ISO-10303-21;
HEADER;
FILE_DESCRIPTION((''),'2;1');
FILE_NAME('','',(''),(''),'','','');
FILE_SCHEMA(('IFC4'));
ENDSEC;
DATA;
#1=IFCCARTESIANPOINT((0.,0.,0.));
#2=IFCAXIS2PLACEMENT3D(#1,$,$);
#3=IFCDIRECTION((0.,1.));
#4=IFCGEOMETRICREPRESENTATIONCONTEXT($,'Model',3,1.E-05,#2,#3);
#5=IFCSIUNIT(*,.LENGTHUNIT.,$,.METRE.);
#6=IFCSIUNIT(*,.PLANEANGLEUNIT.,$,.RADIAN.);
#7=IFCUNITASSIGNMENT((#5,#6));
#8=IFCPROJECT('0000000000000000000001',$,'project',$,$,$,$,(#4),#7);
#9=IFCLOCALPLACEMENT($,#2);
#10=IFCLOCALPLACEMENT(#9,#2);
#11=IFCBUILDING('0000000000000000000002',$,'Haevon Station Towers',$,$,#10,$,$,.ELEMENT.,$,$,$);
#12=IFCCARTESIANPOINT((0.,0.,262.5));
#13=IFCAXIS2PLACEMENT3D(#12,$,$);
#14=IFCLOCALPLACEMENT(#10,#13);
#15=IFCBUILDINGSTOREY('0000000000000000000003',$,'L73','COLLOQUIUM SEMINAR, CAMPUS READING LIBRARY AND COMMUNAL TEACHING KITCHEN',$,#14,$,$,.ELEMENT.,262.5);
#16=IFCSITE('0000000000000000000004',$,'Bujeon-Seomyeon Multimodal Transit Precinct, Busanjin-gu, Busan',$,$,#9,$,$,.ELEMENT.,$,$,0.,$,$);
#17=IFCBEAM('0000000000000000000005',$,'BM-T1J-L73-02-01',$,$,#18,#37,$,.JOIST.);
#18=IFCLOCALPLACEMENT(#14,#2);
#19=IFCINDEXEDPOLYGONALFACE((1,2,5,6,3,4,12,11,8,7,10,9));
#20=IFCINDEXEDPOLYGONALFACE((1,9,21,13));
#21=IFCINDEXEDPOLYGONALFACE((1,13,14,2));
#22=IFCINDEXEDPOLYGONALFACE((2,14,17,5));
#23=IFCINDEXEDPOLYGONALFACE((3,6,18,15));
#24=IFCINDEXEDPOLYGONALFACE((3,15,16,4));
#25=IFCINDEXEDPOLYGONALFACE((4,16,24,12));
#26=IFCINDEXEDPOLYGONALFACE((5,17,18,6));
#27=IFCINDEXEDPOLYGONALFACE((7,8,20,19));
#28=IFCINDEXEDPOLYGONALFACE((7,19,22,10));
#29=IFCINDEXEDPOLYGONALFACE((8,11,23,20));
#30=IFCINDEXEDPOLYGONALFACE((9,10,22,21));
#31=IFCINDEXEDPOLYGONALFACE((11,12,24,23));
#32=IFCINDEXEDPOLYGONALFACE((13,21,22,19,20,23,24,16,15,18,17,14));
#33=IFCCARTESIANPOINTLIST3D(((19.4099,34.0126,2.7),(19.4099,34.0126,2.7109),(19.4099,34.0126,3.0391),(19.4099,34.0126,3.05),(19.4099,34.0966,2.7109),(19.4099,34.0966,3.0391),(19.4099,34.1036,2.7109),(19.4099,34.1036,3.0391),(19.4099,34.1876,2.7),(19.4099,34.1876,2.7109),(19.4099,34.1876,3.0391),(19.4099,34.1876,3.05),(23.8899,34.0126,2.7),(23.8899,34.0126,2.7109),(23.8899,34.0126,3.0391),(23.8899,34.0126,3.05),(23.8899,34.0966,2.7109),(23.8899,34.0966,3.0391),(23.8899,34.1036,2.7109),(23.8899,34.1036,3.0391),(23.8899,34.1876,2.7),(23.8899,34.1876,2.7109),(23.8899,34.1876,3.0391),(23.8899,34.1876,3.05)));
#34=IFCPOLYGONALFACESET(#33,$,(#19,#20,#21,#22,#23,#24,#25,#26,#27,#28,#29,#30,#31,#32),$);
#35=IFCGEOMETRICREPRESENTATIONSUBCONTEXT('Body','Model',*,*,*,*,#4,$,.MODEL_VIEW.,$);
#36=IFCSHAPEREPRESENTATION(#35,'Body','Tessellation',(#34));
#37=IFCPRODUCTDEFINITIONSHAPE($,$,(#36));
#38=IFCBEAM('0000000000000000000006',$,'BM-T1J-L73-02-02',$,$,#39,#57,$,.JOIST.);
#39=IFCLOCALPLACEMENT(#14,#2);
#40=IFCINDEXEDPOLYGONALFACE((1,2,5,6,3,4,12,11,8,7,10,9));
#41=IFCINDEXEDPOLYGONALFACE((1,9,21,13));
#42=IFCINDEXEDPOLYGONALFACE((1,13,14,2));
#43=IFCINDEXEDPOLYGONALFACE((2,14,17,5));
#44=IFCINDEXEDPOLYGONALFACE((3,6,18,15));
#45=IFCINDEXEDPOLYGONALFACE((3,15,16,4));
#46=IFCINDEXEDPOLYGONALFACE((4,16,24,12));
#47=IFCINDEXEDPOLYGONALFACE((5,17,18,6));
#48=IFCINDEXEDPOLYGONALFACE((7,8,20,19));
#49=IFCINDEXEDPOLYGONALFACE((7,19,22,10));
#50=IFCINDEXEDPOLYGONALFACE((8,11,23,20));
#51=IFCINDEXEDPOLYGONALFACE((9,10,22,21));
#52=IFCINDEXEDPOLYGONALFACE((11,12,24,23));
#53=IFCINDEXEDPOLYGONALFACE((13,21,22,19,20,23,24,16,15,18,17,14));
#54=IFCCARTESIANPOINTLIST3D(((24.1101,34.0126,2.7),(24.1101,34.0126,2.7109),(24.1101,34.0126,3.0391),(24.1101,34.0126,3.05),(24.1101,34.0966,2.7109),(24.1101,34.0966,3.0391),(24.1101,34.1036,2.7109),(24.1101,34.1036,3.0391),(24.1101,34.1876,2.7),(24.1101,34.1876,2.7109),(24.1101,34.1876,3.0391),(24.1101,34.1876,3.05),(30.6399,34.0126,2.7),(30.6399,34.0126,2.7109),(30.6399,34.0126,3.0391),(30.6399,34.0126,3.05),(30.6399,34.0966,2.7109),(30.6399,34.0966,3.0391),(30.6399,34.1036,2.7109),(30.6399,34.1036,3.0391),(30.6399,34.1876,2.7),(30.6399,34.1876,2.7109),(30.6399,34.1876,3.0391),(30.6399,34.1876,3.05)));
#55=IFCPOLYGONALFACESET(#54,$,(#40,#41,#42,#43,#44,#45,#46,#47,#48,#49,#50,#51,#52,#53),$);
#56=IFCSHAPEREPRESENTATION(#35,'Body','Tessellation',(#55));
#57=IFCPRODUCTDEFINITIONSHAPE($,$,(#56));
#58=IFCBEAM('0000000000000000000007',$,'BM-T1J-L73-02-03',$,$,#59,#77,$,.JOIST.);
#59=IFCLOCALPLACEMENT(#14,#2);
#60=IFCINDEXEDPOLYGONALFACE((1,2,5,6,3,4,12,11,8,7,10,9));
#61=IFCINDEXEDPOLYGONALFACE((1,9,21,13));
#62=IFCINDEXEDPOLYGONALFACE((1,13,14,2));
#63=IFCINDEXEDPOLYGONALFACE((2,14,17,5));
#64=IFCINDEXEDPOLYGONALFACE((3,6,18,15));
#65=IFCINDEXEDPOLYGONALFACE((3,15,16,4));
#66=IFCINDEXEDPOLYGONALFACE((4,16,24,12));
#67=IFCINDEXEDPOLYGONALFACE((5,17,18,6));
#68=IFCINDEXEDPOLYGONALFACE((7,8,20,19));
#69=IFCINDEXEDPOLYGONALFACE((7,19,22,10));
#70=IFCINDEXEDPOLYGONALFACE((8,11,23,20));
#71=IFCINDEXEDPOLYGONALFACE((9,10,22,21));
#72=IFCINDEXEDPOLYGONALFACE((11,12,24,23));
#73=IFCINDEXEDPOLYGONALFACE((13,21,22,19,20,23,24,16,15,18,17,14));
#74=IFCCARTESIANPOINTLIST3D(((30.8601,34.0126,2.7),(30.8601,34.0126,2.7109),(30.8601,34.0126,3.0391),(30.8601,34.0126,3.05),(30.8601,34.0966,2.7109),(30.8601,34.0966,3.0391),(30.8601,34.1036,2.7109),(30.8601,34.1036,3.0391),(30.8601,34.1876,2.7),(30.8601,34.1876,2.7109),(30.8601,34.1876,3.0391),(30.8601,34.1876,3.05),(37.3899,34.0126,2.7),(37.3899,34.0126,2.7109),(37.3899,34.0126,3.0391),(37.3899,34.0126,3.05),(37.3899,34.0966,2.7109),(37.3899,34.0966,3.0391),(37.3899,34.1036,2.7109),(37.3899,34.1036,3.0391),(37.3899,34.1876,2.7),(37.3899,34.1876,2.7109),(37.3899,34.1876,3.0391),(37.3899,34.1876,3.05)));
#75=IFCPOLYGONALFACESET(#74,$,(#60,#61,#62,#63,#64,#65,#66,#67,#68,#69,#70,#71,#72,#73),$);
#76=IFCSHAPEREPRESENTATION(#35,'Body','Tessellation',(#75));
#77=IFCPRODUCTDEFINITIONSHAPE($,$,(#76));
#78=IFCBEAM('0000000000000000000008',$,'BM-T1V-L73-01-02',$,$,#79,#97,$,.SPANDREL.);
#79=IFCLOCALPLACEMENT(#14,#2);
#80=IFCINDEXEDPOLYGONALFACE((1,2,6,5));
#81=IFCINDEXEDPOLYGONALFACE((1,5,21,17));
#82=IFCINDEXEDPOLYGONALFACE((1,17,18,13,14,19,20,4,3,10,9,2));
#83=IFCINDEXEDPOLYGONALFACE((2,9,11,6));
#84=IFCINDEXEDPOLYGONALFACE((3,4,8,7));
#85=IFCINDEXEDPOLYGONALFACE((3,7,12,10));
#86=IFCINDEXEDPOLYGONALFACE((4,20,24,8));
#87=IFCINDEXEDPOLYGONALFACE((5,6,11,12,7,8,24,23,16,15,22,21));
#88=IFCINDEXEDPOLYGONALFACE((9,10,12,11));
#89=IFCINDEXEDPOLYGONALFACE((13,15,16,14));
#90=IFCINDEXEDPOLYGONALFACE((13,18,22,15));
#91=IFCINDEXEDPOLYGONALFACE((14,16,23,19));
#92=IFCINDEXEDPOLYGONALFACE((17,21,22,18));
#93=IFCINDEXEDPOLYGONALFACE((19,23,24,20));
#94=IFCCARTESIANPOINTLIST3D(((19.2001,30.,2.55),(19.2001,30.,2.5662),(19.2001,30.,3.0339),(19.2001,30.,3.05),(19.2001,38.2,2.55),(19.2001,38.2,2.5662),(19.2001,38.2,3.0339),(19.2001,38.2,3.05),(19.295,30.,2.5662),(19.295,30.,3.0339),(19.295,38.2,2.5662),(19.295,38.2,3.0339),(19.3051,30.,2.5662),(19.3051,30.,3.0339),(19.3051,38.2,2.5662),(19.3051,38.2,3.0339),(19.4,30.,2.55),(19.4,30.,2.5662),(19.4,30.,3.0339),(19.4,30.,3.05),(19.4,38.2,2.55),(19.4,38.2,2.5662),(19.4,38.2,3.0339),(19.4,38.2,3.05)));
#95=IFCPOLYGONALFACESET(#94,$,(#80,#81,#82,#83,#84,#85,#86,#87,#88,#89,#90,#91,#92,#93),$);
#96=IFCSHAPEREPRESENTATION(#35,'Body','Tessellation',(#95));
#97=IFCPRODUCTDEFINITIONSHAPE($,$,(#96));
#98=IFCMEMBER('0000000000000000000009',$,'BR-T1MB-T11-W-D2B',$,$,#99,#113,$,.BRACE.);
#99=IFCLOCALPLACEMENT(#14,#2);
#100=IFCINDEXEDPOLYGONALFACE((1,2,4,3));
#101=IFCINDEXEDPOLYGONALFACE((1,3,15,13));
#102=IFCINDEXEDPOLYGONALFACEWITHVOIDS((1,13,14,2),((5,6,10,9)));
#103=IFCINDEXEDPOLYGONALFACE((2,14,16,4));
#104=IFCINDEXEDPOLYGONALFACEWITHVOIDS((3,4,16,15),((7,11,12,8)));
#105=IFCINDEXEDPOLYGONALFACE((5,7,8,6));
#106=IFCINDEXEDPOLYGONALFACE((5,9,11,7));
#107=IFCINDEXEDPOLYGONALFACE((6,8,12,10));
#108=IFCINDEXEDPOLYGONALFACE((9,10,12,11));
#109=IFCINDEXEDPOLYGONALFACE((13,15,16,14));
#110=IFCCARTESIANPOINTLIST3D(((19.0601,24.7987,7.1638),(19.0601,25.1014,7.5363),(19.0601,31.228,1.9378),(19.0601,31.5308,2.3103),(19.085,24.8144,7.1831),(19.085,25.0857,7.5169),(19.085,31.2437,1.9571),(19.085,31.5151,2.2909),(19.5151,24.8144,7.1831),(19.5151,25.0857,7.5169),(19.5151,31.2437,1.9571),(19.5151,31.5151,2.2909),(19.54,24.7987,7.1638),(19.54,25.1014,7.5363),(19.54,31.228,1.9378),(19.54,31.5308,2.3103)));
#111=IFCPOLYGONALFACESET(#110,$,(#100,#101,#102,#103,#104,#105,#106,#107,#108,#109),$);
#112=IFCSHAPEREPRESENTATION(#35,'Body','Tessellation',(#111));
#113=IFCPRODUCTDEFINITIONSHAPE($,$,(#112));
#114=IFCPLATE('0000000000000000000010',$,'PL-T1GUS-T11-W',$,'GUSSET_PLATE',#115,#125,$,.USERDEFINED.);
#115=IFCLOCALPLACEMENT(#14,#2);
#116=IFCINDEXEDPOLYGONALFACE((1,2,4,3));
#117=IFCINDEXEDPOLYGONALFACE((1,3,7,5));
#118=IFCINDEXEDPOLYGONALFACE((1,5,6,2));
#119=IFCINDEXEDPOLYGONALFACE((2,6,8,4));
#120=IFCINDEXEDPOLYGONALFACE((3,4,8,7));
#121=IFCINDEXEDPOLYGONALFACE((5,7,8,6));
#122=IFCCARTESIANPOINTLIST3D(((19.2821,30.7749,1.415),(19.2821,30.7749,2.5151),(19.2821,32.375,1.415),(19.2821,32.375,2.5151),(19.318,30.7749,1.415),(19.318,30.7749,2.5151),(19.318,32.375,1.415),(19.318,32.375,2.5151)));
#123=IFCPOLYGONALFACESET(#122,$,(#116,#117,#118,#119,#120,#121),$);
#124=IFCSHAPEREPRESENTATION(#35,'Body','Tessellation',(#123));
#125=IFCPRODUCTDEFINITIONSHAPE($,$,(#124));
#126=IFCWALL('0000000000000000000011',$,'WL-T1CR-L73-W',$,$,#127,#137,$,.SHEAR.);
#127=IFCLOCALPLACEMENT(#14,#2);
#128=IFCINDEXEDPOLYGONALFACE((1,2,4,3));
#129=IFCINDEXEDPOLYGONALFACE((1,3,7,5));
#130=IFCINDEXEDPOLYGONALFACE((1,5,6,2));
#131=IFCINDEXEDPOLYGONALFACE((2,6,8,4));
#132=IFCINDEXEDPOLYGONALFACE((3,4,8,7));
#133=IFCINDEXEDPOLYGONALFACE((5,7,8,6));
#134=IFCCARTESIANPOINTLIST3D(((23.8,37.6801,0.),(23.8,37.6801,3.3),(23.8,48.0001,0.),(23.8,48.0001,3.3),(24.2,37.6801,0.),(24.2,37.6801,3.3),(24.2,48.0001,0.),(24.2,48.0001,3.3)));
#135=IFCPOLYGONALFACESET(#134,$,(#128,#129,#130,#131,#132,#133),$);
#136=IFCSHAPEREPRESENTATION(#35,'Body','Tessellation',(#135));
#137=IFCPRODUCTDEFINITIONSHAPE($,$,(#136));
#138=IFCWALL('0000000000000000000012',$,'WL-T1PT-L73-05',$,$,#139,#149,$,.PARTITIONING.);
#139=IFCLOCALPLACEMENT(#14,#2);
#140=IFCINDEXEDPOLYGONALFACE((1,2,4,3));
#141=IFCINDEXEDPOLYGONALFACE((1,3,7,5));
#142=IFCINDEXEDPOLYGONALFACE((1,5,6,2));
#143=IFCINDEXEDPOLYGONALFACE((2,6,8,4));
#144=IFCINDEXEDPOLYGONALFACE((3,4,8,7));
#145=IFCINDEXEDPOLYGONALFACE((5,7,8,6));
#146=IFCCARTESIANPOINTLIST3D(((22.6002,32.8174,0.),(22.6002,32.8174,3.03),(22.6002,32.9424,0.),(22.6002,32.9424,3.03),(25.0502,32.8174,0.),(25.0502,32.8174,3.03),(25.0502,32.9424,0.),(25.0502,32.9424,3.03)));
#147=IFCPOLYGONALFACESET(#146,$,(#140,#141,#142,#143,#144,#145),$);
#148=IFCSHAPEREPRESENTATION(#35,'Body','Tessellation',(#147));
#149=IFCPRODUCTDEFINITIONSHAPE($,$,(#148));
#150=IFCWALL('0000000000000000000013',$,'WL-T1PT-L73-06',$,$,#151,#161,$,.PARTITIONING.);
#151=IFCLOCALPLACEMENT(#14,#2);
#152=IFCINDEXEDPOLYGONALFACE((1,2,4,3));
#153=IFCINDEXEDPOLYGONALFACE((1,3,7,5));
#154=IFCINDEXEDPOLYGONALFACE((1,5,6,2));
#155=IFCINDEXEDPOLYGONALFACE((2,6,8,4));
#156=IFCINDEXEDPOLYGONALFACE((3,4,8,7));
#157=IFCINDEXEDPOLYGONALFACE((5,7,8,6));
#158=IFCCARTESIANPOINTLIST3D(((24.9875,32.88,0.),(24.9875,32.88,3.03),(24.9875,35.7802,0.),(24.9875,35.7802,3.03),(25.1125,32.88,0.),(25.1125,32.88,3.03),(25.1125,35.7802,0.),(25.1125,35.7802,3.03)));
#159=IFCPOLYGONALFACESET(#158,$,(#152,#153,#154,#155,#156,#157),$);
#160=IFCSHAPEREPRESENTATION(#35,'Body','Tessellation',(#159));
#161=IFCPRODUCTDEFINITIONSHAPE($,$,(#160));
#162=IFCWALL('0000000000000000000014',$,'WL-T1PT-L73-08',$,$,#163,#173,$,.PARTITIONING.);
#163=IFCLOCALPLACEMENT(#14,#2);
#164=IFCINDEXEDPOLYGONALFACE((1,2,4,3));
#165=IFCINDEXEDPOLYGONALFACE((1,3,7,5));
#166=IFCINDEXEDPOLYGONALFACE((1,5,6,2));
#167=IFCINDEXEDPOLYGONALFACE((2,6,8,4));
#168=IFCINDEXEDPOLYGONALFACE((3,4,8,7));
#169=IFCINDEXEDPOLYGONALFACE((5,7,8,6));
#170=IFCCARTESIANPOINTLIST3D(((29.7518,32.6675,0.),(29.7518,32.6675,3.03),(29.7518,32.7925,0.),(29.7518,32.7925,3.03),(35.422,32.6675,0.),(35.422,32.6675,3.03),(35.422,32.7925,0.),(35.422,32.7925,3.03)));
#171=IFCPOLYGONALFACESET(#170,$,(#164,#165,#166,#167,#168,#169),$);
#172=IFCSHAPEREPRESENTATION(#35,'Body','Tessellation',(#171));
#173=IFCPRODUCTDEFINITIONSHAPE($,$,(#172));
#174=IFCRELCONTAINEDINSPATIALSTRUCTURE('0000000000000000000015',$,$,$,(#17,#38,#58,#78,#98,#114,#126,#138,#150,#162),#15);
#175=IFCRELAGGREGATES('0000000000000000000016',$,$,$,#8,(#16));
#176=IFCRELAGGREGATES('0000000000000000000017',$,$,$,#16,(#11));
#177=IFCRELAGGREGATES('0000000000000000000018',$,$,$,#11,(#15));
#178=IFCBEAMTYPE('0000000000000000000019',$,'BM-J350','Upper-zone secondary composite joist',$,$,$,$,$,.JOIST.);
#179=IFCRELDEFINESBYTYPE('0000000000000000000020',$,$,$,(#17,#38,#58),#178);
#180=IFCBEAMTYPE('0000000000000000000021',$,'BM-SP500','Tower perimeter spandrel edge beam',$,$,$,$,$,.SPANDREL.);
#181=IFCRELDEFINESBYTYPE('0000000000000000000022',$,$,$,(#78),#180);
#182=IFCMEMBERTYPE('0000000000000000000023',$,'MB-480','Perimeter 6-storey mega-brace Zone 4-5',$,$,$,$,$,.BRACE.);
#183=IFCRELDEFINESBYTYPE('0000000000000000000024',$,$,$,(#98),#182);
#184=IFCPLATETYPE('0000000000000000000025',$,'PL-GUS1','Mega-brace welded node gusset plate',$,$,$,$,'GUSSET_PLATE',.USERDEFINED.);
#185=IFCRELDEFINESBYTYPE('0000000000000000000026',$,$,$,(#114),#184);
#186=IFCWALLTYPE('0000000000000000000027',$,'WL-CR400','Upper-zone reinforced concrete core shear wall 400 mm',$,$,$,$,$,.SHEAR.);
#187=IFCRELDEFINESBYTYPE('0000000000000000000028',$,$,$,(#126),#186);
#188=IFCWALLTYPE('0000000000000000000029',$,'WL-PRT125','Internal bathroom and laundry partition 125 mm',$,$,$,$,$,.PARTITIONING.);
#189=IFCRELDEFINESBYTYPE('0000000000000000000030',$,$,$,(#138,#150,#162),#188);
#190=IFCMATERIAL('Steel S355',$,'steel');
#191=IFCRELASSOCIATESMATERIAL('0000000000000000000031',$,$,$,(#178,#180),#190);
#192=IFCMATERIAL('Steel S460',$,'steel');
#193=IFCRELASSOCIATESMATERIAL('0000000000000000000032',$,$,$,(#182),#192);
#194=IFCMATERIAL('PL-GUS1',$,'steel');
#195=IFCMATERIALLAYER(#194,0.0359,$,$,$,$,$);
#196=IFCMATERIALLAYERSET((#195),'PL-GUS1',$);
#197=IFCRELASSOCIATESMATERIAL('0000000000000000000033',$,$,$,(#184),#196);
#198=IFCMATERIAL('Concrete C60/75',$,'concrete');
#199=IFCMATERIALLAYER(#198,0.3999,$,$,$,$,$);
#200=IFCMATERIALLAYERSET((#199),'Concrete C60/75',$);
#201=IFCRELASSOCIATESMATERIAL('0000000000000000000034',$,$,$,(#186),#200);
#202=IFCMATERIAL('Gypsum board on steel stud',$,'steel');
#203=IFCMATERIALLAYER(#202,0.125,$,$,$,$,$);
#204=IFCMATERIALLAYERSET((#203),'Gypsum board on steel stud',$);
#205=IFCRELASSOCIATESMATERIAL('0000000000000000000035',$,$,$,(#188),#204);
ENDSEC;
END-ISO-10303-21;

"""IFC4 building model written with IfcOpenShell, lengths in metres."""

from ifc_helpers import new_model, si_unit, direction, frame, frame_2d, origin, origin_2d, place, context, subcontext, project, spatial, rectangle, hollow_rectangle, i_section, extrude, material, layer, layer_set, material_profile, profile_set, type_object, element, save


model = new_model("IFC4")

# Units and contexts
model_context = context("Model", 3, precision=1e-05, world=origin(), true_north=direction((0.0, 1.0)))
body_context = subcontext(model_context, "Body", "Model", "MODEL_VIEW")
ifc_project = project(units=[si_unit("LENGTHUNIT", "METRE"), si_unit("PLANEANGLEUNIT", "RADIAN")], contexts=[model_context])

# Site, building, storey
site_placement = place(None, origin())
site = spatial("IfcSite", under=ifc_project, at=site_placement, Name="Bujeon-Seomyeon Multimodal Transit Precinct, Busanjin-gu, Busan", CompositionType="ELEMENT", RefElevation=0.0)
building_placement = place(site_placement, origin())
building = spatial("IfcBuilding", under=site, at=building_placement, Name="Haevon Station Towers", CompositionType="ELEMENT")
storey_placement = place(building_placement, frame((0.0, 0.0, 262.5)))
storey = spatial("IfcBuildingStorey", under=building, at=storey_placement, Name="L73", Description="COLLOQUIUM SEMINAR, CAMPUS READING LIBRARY AND COMMUNAL TEACHING KITCHEN", CompositionType="ELEMENT", Elevation=262.5)

# Shared definitions
ifc_material_1 = material(Name="Steel S355", Category="steel")

# Beams
ifc_material_profile_1 = material_profile(ifc_material_1, i_section(OverallWidth=0.175, OverallDepth=0.3501, WebThickness=0.0071, FlangeThickness=0.011, at=origin_2d()), Name="H-350x175x7x11")
ifc_profile_set_1 = profile_set([ifc_material_profile_1], Name="Steel S355")
beam_type_1 = type_object("IfcBeamType", Name="BM-J350", Description="Upper-zone secondary composite joist", PredefinedType="JOIST", material=ifc_profile_set_1)
beam_1_placement = place(storey_placement, frame((19.4099, 34.1001, 2.875), z_axis=(1.0, 0.0, 0.0), x_axis=(0.0, 1.0, 0.0)))
element("IfcBeam", 1, at=beam_1_placement, inside=storey, type_object=beam_type_1, Name="BM-T1J-L73-02-01", PredefinedType="JOIST", context=body_context, shape_type="SweptSolid", body=[
    extrude(i_section(OverallWidth=0.175, OverallDepth=0.3501, WebThickness=0.0071, FlangeThickness=0.011, at=origin_2d()), origin(), (0.0, 0.0, 1.0), 4.48),
])
for number, where, z_axis, x_axis, name in (
    (2, (24.1101, 34.1001, 2.875), (1.0, 0.0, 0.0), (0.0, 1.0, 0.0), "BM-T1J-L73-02-02"),
    (3, (30.8601, 34.1001, 2.875), (1.0, 0.0, 0.0), (0.0, 1.0, 0.0), "BM-T1J-L73-02-03"),
):
    element("IfcBeam", number, at=place(storey_placement, frame(where, z_axis=z_axis, x_axis=x_axis)), inside=storey, type_object=beam_type_1, Name=name, PredefinedType="JOIST", context=body_context, shape_type="SweptSolid", body=[
        extrude(i_section(OverallWidth=0.175, OverallDepth=0.3501, WebThickness=0.0071, FlangeThickness=0.011, at=origin_2d()), origin(), (0.0, 0.0, 1.0), 6.5298),
    ])
ifc_material_profile_2 = material_profile(ifc_material_1, i_section(OverallWidth=0.2, OverallDepth=0.5, WebThickness=0.01, FlangeThickness=0.0161, at=origin_2d()), Name="H-500x200x10x16")
ifc_profile_set_2 = profile_set([ifc_material_profile_2], Name="Steel S355")
beam_type_2 = type_object("IfcBeamType", Name="BM-SP500", Description="Tower perimeter spandrel edge beam", PredefinedType="SPANDREL", material=ifc_profile_set_2)
beam_2_placement = place(storey_placement, frame((19.3, 30.0, 2.8), z_axis=(0.0, 1.0, 0.0), x_axis=(-1.0, 0.0, 0.0)))
element("IfcBeam", 4, at=beam_2_placement, inside=storey, type_object=beam_type_2, Name="BM-T1V-L73-01-02", PredefinedType="SPANDREL", context=body_context, shape_type="SweptSolid", body=[
    extrude(i_section(OverallWidth=0.2, OverallDepth=0.5, WebThickness=0.01, FlangeThickness=0.0161, at=origin_2d()), origin(), (0.0, 0.0, 1.0), 8.2),
])

# Member
ifc_material_2 = material(Name="Steel S460", Category="steel")
ifc_material_profile_3 = material_profile(ifc_material_2, hollow_rectangle(XDim=0.48, YDim=0.48, WallThickness=0.0249, at=origin_2d()), Name="RHS-480x480x25")
ifc_profile_set_3 = profile_set([ifc_material_profile_3], Name="Steel S460")
member_type = type_object("IfcMemberType", Name="MB-480", Description="Perimeter 6-storey mega-brace Zone 4-5", PredefinedType="BRACE", material=ifc_profile_set_3)
member_placement = place(storey_placement, frame((19.3, 31.3794, 2.124), z_axis=(0.0, -0.775987, 0.630749), x_axis=(1.0, 0.0, 0.0)))
element("IfcMember", 5, at=member_placement, inside=storey, type_object=member_type, Name="BR-T1MB-T11-W-D2B", PredefinedType="BRACE", context=body_context, shape_type="SweptSolid", body=[
    extrude(hollow_rectangle(XDim=0.48, YDim=0.48, WallThickness=0.0249, at=origin_2d()), origin(), (0.0, 0.0, 1.0), 8.2854),
])

# Plate
ifc_material_3 = material(Name="PL-GUS1", Category="steel")
ifc_layer_1 = layer(ifc_material_3, 0.0359)
ifc_layer_set_1 = layer_set([ifc_layer_1], Name="PL-GUS1")
plate_type = type_object("IfcPlateType", Name="PL-GUS1", Description="Mega-brace welded node gusset plate", ElementType="GUSSET_PLATE", PredefinedType="USERDEFINED", material=ifc_layer_set_1)
plate_placement = place(storey_placement, frame((19.3, 31.575, 1.415), z_axis=(0.0, 0.0, 1.0), x_axis=(0.0, 1.0, 0.0)))
element("IfcPlate", 6, at=plate_placement, inside=storey, type_object=plate_type, Name="PL-T1GUS-T11-W", ObjectType="GUSSET_PLATE", PredefinedType="USERDEFINED", context=body_context, shape_type="SweptSolid", body=[
    extrude(rectangle(XDim=1.6001, YDim=0.0359, at=origin_2d()), origin(), (0.0, 0.0, 1.0), 1.1001),
])

# Walls
ifc_material_4 = material(Name="Concrete C60/75", Category="concrete")
ifc_layer_2 = layer(ifc_material_4, 0.3999)
ifc_layer_set_2 = layer_set([ifc_layer_2], Name="Concrete C60/75")
wall_type_1 = type_object("IfcWallType", Name="WL-CR400", Description="Upper-zone reinforced concrete core shear wall 400 mm", PredefinedType="SHEAR", material=ifc_layer_set_2)
wall_1_placement = place(storey_placement, frame((24.0, 37.6799, 0.0), z_axis=(0.0, 0.0, 1.0), x_axis=(0.0, 1.0, 0.0)))
element("IfcWall", 7, at=wall_1_placement, inside=storey, type_object=wall_type_1, Name="WL-T1CR-L73-W", PredefinedType="SHEAR", context=body_context, shape_type="SweptSolid", body=[
    extrude(rectangle(XDim=10.3201, YDim=0.3999, at=frame_2d((5.1602, 0.0))), origin(), (0.0, 0.0, 1.0), 3.3),
])
ifc_material_5 = material(Name="Gypsum board on steel stud", Category="steel")
ifc_layer_3 = layer(ifc_material_5, 0.125)
ifc_layer_set_3 = layer_set([ifc_layer_3], Name="Gypsum board on steel stud")
wall_type_2 = type_object("IfcWallType", Name="WL-PRT125", Description="Internal bathroom and laundry partition 125 mm", PredefinedType="PARTITIONING", material=ifc_layer_set_3)
wall_2_placement = place(storey_placement, frame((22.6001, 32.8799, 0.0), z_axis=(0.0, 0.0, 1.0), x_axis=(1.0, 0.0, 0.0)))
element("IfcWall", 8, at=wall_2_placement, inside=storey, type_object=wall_type_2, Name="WL-T1PT-L73-05", PredefinedType="PARTITIONING", context=body_context, shape_type="SweptSolid", body=[
    extrude(rectangle(XDim=2.45, YDim=0.125, at=frame_2d((1.2251, 0.0))), origin(), (0.0, 0.0, 1.0), 3.03),
])
wall_3_placement = place(storey_placement, frame((25.05, 32.8799, 0.0), z_axis=(0.0, 0.0, 1.0), x_axis=(0.0, 1.0, 0.0)))
element("IfcWall", 9, at=wall_3_placement, inside=storey, type_object=wall_type_2, Name="WL-T1PT-L73-06", PredefinedType="PARTITIONING", context=body_context, shape_type="SweptSolid", body=[
    extrude(rectangle(XDim=2.9001, YDim=0.125, at=frame_2d((1.4502, 0.0))), origin(), (0.0, 0.0, 1.0), 3.03),
])
wall_4_placement = place(storey_placement, frame((29.752, 32.73, 0.0), z_axis=(0.0, 0.0, 1.0), x_axis=(1.0, 0.0, 0.0)))
element("IfcWall", 10, at=wall_4_placement, inside=storey, type_object=wall_type_2, Name="WL-T1PT-L73-08", PredefinedType="PARTITIONING", context=body_context, shape_type="SweptSolid", body=[
    extrude(rectangle(XDim=5.6702, YDim=0.125, at=frame_2d((2.835, 0.0))), origin(), (0.0, 0.0, 1.0), 3.03),
])

save(model, "model.ifc")
